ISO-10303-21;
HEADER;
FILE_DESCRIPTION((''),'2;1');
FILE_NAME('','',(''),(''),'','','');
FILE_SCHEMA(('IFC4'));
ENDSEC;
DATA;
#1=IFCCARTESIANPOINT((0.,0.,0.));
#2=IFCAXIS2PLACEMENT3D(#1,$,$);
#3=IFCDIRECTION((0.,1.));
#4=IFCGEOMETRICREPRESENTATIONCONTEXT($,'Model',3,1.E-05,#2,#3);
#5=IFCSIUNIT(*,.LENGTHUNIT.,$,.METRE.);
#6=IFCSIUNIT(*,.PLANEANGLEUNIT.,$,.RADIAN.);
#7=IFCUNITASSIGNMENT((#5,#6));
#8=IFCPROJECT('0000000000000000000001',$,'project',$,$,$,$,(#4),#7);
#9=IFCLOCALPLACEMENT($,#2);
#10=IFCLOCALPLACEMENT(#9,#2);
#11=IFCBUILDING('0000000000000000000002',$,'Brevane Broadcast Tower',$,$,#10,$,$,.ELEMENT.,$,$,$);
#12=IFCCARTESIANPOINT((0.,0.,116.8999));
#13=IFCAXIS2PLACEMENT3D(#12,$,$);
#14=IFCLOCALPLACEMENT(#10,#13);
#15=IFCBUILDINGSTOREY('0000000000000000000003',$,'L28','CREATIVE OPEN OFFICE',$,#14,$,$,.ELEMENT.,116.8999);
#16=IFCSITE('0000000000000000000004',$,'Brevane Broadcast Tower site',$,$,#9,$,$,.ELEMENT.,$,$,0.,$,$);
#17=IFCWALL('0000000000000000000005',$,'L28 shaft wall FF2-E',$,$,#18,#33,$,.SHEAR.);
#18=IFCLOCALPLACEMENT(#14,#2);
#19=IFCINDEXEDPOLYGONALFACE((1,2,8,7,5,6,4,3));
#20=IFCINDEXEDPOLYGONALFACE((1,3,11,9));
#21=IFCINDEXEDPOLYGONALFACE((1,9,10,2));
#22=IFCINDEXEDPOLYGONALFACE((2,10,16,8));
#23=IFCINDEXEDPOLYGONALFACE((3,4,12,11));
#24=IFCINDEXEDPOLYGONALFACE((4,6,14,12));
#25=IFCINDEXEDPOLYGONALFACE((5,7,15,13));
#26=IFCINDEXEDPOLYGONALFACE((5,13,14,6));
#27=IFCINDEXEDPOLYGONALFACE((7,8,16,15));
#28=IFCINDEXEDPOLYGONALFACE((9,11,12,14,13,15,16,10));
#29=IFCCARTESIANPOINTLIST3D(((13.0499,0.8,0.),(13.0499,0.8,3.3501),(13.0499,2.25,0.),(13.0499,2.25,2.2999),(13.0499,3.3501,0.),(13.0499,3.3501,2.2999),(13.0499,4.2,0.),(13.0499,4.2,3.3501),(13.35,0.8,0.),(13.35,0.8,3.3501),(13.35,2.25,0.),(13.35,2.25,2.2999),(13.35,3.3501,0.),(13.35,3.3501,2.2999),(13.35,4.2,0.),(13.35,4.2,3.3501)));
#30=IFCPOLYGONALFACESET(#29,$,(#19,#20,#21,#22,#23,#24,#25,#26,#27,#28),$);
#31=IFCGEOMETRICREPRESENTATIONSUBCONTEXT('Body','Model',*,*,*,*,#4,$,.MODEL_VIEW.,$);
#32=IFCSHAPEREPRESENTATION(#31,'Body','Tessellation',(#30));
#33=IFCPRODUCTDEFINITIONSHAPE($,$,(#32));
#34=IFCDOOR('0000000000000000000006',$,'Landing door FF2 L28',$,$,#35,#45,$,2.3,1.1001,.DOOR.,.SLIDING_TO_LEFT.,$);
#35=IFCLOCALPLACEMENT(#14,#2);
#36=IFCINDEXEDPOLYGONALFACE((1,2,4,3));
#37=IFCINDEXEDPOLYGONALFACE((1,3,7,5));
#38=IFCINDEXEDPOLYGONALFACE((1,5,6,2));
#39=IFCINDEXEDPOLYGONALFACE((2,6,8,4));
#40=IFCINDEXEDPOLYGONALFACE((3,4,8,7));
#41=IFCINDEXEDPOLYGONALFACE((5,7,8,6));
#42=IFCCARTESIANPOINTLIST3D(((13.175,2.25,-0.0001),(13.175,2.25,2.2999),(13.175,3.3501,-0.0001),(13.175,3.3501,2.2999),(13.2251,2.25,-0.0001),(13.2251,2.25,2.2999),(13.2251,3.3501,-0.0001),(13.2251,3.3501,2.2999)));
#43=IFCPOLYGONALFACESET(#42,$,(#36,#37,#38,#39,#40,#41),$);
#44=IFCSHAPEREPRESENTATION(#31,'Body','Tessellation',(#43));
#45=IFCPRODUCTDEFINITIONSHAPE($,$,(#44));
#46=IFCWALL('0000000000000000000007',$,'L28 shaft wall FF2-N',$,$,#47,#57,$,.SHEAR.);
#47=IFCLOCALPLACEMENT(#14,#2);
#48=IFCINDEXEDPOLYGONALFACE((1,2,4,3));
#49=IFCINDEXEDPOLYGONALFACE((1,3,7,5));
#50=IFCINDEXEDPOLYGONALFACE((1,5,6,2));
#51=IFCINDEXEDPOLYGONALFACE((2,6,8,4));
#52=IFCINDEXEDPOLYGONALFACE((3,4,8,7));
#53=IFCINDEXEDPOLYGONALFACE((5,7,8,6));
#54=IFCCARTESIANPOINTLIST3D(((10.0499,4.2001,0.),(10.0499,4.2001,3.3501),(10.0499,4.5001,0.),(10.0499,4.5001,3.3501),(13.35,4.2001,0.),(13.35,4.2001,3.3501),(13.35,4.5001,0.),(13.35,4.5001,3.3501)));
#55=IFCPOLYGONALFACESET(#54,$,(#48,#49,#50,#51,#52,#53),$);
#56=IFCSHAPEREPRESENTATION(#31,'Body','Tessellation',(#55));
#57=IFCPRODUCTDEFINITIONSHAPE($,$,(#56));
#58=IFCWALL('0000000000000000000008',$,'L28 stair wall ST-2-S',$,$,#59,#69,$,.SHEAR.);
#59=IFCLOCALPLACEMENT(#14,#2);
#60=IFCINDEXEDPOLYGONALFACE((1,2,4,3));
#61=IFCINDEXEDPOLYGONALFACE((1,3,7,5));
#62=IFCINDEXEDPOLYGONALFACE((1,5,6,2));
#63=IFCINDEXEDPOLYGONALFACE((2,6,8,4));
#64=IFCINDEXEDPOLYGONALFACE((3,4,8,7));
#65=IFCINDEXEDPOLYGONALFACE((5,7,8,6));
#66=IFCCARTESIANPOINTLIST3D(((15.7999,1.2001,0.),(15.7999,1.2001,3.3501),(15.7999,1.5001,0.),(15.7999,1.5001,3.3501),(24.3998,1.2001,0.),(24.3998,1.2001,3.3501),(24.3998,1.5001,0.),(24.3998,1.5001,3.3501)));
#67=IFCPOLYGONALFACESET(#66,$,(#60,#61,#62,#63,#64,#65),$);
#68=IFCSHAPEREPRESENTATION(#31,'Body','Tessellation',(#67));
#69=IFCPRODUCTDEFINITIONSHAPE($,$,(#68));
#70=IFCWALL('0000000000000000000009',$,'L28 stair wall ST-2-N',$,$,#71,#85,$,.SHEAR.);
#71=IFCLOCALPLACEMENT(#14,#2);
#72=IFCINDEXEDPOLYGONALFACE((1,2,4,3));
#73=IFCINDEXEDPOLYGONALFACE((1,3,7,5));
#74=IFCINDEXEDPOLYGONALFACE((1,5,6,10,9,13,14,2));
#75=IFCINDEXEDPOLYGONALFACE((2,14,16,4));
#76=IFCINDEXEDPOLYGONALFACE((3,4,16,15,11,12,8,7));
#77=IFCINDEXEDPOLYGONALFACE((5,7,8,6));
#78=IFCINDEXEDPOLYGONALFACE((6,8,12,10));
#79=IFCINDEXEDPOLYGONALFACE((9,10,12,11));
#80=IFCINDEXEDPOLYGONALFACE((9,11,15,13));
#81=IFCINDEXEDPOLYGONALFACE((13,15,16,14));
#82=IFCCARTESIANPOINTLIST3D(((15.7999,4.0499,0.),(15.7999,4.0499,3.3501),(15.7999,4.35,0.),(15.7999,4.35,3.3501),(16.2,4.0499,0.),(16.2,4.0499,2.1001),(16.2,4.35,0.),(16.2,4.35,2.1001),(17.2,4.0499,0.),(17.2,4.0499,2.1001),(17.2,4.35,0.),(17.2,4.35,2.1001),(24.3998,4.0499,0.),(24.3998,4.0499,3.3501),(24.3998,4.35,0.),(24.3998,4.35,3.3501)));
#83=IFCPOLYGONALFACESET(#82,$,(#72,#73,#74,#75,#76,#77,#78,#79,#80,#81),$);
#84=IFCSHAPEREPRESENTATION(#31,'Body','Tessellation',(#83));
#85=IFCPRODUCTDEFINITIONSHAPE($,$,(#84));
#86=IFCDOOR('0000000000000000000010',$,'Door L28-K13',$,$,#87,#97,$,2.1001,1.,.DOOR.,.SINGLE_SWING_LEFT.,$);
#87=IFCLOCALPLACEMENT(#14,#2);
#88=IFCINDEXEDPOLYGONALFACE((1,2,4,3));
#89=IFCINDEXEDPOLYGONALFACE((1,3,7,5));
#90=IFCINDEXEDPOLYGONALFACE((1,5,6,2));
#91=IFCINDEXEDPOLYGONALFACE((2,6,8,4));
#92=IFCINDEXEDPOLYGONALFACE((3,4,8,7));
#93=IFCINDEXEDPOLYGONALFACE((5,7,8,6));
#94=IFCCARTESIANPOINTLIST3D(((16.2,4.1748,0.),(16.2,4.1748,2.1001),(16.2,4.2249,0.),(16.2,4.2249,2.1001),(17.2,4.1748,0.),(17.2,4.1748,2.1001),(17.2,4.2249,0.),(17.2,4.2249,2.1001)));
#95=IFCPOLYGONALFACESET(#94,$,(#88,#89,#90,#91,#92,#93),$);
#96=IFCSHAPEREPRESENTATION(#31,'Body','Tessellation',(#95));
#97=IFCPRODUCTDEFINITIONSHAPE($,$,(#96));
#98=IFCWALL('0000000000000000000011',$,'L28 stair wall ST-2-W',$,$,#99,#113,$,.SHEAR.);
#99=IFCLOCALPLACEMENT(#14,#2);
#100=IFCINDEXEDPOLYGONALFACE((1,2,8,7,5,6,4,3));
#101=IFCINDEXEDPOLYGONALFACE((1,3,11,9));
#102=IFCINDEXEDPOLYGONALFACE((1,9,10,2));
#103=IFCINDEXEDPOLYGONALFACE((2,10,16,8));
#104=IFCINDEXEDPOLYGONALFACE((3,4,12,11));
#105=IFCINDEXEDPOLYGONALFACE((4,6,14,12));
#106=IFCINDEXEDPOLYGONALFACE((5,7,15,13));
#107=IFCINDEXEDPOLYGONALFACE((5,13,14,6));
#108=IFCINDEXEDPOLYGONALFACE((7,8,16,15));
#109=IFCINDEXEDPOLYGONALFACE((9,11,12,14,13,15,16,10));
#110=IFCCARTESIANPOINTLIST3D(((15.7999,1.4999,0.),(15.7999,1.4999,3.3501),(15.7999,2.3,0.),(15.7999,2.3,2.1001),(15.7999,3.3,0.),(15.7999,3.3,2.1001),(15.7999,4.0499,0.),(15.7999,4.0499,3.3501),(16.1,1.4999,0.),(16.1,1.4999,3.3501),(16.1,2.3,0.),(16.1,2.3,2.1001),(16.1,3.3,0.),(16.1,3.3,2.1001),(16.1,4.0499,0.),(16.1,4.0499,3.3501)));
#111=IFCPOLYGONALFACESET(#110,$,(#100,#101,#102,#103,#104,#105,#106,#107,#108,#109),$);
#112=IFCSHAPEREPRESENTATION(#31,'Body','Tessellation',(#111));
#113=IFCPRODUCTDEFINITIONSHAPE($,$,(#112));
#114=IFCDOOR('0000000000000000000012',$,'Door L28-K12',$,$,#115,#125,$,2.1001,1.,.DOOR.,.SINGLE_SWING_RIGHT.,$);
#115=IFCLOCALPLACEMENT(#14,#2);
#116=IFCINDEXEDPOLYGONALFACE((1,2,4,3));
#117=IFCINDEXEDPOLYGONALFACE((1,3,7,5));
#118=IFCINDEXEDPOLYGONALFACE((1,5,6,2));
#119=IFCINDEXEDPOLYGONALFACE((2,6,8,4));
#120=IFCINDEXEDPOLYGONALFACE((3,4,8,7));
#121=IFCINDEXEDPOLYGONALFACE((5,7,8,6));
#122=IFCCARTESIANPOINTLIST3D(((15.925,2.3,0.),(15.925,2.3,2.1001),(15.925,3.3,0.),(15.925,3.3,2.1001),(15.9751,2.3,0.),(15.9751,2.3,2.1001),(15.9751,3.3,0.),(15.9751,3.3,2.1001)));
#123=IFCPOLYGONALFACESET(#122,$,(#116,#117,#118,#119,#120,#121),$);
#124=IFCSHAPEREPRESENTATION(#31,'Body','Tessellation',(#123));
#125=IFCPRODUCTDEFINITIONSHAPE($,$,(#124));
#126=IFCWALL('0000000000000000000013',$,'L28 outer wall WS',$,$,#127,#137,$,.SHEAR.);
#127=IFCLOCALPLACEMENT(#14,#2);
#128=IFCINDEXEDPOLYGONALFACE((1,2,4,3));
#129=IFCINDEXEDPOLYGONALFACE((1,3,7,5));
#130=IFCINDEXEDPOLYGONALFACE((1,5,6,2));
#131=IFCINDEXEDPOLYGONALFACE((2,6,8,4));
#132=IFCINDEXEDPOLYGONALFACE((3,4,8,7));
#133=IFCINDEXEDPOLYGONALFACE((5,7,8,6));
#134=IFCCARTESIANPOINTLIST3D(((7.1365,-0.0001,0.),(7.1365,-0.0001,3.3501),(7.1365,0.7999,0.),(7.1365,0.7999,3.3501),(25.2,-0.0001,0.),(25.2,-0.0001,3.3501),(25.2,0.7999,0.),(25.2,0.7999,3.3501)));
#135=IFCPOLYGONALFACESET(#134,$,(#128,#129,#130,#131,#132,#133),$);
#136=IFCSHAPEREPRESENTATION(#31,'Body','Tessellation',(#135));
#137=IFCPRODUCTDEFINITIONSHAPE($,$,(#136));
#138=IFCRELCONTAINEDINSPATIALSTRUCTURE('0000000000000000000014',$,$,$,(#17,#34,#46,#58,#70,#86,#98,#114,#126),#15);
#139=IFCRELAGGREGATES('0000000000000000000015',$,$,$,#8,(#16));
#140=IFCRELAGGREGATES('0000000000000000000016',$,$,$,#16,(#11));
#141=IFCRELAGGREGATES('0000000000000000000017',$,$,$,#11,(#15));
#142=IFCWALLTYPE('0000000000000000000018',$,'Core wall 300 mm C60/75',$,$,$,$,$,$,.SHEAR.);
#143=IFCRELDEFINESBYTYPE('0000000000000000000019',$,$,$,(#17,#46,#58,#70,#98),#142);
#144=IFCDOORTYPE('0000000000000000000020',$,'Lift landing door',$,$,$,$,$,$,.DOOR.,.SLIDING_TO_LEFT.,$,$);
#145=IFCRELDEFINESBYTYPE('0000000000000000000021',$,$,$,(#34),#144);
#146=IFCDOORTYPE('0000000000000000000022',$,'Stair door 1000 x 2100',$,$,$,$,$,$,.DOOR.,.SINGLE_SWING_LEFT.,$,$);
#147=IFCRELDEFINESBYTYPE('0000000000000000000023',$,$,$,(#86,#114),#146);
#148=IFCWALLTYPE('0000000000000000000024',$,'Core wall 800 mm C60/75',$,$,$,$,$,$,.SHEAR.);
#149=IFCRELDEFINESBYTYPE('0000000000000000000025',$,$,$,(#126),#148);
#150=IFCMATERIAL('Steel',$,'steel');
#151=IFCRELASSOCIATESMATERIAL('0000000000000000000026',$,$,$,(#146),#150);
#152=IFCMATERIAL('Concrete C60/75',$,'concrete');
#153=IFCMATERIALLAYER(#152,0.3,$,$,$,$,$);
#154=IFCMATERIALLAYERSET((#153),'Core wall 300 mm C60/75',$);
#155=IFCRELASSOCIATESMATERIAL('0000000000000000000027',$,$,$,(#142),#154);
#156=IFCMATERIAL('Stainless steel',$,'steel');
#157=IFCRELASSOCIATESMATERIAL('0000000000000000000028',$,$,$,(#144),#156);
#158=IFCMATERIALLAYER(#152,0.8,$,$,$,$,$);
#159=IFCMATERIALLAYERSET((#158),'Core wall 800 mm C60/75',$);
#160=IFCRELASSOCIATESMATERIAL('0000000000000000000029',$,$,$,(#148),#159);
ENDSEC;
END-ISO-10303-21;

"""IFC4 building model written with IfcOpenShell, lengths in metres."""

from ifc_helpers import new_model, si_unit, direction, frame, frame_2d, origin, place, context, subcontext, project, spatial, rectangle, extrude, material, layer, layer_set, type_object, element, fill, save


model = new_model("IFC4")

# Units and contexts
model_context = context("Model", 3, precision=1e-05, world=origin(), true_north=direction((0.0, 1.0)))
body_context = subcontext(model_context, "Body", "Model", "MODEL_VIEW")
ifc_project = project(units=[si_unit("LENGTHUNIT", "METRE"), si_unit("PLANEANGLEUNIT", "RADIAN")], contexts=[model_context])

# Site, building, storey
site_placement = place(None, origin())
site = spatial("IfcSite", under=ifc_project, at=site_placement, Name="Brevane Broadcast Tower site", CompositionType="ELEMENT", RefElevation=0.0)
building_placement = place(site_placement, origin())
building = spatial("IfcBuilding", under=site, at=building_placement, Name="Brevane Broadcast Tower", CompositionType="ELEMENT")
storey_placement = place(building_placement, frame((0.0, 0.0, 116.8999)))
storey = spatial("IfcBuildingStorey", under=building, at=storey_placement, Name="L28", Description="CREATIVE OPEN OFFICE", CompositionType="ELEMENT", Elevation=116.8999)

# Shared definitions
ifc_material_1 = material(Name="Steel", Category="steel")
door_type_1 = type_object("IfcDoorType", Name="Stair door 1000 x 2100", OperationType="SINGLE_SWING_LEFT", PredefinedType="DOOR", material=ifc_material_1)

# Shared definitions
ifc_material_2 = material(Name="Concrete C60/75", Category="concrete")
ifc_layer_1 = layer(ifc_material_2, 0.3)
ifc_layer_set_1 = layer_set([ifc_layer_1], Name="Core wall 300 mm C60/75")
wall_type_1 = type_object("IfcWallType", Name="Core wall 300 mm C60/75", PredefinedType="SHEAR", material=ifc_layer_set_1)

# Wall, opening, door
wall_1_placement = place(storey_placement, frame((13.2, 0.8, 0.0), z_axis=(0.0, 0.0, 1.0), x_axis=(0.0, 1.0, 0.0)))
wall_1 = element("IfcWall", 1, at=wall_1_placement, inside=storey, type_object=wall_type_1, Name="L28 shaft wall FF2-E", PredefinedType="SHEAR", context=body_context, shape_type="SweptSolid", body=[
    extrude(rectangle(XDim=3.3999, YDim=0.3, at=frame_2d((1.7, 0.0))), origin(), (0.0, 0.0, 1.0), 3.3501),
])
opening_1_placement = place(wall_1_placement, frame((1.45, 0.0, 0.0)))
opening_1 = element("IfcOpeningElement", 2, at=opening_1_placement, cuts=wall_1, PredefinedType="OPENING", context=body_context, shape_type="SweptSolid", body=[
    extrude(rectangle(XDim=1.1001, YDim=2.3, at=frame_2d((0.55, 1.1499))), frame((0.0, 0.1599, 0.0), z_axis=(0.0, -1.0, 0.0), x_axis=(1.0, 0.0, 0.0)), (0.0, 0.0, 1.0), 0.3201),
])
ifc_material_3 = material(Name="Stainless steel", Category="steel")
door_type_2 = type_object("IfcDoorType", Name="Lift landing door", OperationType="SLIDING_TO_LEFT", PredefinedType="DOOR", material=ifc_material_3)
door_1_placement = place(opening_1_placement, origin())
door_1 = element("IfcDoor", 3, at=door_1_placement, inside=storey, type_object=door_type_2, Name="Landing door FF2 L28", OperationType="SLIDING_TO_LEFT", OverallHeight=2.3, OverallWidth=1.1001, PredefinedType="DOOR", context=body_context, shape_type="SweptSolid", body=[
    extrude(rectangle(XDim=1.1001, YDim=2.3, at=frame_2d((0.55, 1.1499))), frame((0.0, 0.0249, 0.0), z_axis=(0.0, -1.0, 0.0), x_axis=(1.0, 0.0, 0.0)), (0.0, 0.0, 1.0), 0.05),
])
fill(opening_1, door_1)

# Walls
wall_2_placement = place(storey_placement, frame((10.05, 4.3501, 0.0), z_axis=(0.0, 0.0, 1.0), x_axis=(1.0, 0.0, 0.0)))
element("IfcWall", 4, at=wall_2_placement, inside=storey, type_object=wall_type_1, Name="L28 shaft wall FF2-N", PredefinedType="SHEAR", context=body_context, shape_type="SweptSolid", body=[
    extrude(rectangle(XDim=3.3, YDim=0.3, at=frame_2d((1.6499, 0.0))), origin(), (0.0, 0.0, 1.0), 3.3501),
])
wall_3_placement = place(storey_placement, frame((15.8, 1.3501, 0.0), z_axis=(0.0, 0.0, 1.0), x_axis=(1.0, 0.0, 0.0)))
element("IfcWall", 5, at=wall_3_placement, inside=storey, type_object=wall_type_1, Name="L28 stair wall ST-2-S", PredefinedType="SHEAR", context=body_context, shape_type="SweptSolid", body=[
    extrude(rectangle(XDim=8.5999, YDim=0.3, at=frame_2d((4.2998, 0.0))), origin(), (0.0, 0.0, 1.0), 3.3501),
])

# Walls, openings, doors
wall_4_placement = place(storey_placement, frame((15.8, 4.2, 0.0), z_axis=(0.0, 0.0, 1.0), x_axis=(1.0, 0.0, 0.0)))
wall_4 = element("IfcWall", 6, at=wall_4_placement, inside=storey, type_object=wall_type_1, Name="L28 stair wall ST-2-N", PredefinedType="SHEAR", context=body_context, shape_type="SweptSolid", body=[
    extrude(rectangle(XDim=8.5999, YDim=0.3, at=frame_2d((4.2998, 0.0))), origin(), (0.0, 0.0, 1.0), 3.3501),
])
opening_2_placement = place(wall_4_placement, frame((0.3999, 0.0, 0.0)))
opening_2 = element("IfcOpeningElement", 7, at=opening_2_placement, cuts=wall_4, PredefinedType="OPENING", context=body_context, shape_type="SweptSolid", body=[
    extrude(rectangle(XDim=1.0, YDim=2.1001, at=frame_2d((0.5, 1.05))), frame((0.0, 0.1599, 0.0), z_axis=(0.0, -1.0, 0.0), x_axis=(1.0, 0.0, 0.0)), (0.0, 0.0, 1.0), 0.3201),
])
door_2_placement = place(opening_2_placement, origin())
door_2 = element("IfcDoor", 8, at=door_2_placement, inside=storey, type_object=door_type_1, Name="Door L28-K13", OperationType="SINGLE_SWING_LEFT", OverallHeight=2.1001, OverallWidth=1.0, PredefinedType="DOOR", context=body_context, shape_type="SweptSolid", body=[
    extrude(rectangle(XDim=1.0, YDim=2.1001, at=frame_2d((0.5, 1.05))), frame((0.0, 0.0249, 0.0), z_axis=(0.0, -1.0, 0.0), x_axis=(1.0, 0.0, 0.0)), (0.0, 0.0, 1.0), 0.05),
])
fill(opening_2, door_2)
wall_5_placement = place(storey_placement, frame((15.95, 1.5, 0.0), z_axis=(0.0, 0.0, 1.0), x_axis=(0.0, 1.0, 0.0)))
wall_5 = element("IfcWall", 9, at=wall_5_placement, inside=storey, type_object=wall_type_1, Name="L28 stair wall ST-2-W", PredefinedType="SHEAR", context=body_context, shape_type="SweptSolid", body=[
    extrude(rectangle(XDim=2.55, YDim=0.3, at=frame_2d((1.2749, 0.0))), origin(), (0.0, 0.0, 1.0), 3.3501),
])
opening_3_placement = place(wall_5_placement, frame((0.8, 0.0, 0.0)))
opening_3 = element("IfcOpeningElement", 10, at=opening_3_placement, cuts=wall_5, PredefinedType="OPENING", context=body_context, shape_type="SweptSolid", body=[
    extrude(rectangle(XDim=1.0, YDim=2.1001, at=frame_2d((0.5, 1.05))), frame((0.0, 0.1599, 0.0), z_axis=(0.0, -1.0, 0.0), x_axis=(1.0, 0.0, 0.0)), (0.0, 0.0, 1.0), 0.3201),
])
door_3_placement = place(opening_3_placement, origin())
door_3 = element("IfcDoor", 11, at=door_3_placement, inside=storey, type_object=door_type_1, Name="Door L28-K12", OperationType="SINGLE_SWING_RIGHT", OverallHeight=2.1001, OverallWidth=1.0, PredefinedType="DOOR", context=body_context, shape_type="SweptSolid", body=[
    extrude(rectangle(XDim=1.0, YDim=2.1001, at=frame_2d((0.5, 1.05))), frame((0.0, 0.0249, 0.0), z_axis=(0.0, -1.0, 0.0), x_axis=(1.0, 0.0, 0.0)), (0.0, 0.0, 1.0), 0.05),
])
fill(opening_3, door_3)

# Wall
ifc_layer_2 = layer(ifc_material_2, 0.8)
ifc_layer_set_2 = layer_set([ifc_layer_2], Name="Core wall 800 mm C60/75")
wall_type_2 = type_object("IfcWallType", Name="Core wall 800 mm C60/75", PredefinedType="SHEAR", material=ifc_layer_set_2)
wall_6_placement = place(storey_placement, frame((7.1365, 0.3999, 0.0), z_axis=(0.0, 0.0, 1.0), x_axis=(1.0, 0.0, 0.0)))
element("IfcWall", 12, at=wall_6_placement, inside=storey, type_object=wall_type_2, Name="L28 outer wall WS", PredefinedType="SHEAR", context=body_context, shape_type="SweptSolid", body=[
    extrude(rectangle(XDim=18.0635, YDim=0.8, at=frame_2d((9.0317, 0.0))), origin(), (0.0, 0.0, 1.0), 3.3501),
])

save(model, "model.ifc")
